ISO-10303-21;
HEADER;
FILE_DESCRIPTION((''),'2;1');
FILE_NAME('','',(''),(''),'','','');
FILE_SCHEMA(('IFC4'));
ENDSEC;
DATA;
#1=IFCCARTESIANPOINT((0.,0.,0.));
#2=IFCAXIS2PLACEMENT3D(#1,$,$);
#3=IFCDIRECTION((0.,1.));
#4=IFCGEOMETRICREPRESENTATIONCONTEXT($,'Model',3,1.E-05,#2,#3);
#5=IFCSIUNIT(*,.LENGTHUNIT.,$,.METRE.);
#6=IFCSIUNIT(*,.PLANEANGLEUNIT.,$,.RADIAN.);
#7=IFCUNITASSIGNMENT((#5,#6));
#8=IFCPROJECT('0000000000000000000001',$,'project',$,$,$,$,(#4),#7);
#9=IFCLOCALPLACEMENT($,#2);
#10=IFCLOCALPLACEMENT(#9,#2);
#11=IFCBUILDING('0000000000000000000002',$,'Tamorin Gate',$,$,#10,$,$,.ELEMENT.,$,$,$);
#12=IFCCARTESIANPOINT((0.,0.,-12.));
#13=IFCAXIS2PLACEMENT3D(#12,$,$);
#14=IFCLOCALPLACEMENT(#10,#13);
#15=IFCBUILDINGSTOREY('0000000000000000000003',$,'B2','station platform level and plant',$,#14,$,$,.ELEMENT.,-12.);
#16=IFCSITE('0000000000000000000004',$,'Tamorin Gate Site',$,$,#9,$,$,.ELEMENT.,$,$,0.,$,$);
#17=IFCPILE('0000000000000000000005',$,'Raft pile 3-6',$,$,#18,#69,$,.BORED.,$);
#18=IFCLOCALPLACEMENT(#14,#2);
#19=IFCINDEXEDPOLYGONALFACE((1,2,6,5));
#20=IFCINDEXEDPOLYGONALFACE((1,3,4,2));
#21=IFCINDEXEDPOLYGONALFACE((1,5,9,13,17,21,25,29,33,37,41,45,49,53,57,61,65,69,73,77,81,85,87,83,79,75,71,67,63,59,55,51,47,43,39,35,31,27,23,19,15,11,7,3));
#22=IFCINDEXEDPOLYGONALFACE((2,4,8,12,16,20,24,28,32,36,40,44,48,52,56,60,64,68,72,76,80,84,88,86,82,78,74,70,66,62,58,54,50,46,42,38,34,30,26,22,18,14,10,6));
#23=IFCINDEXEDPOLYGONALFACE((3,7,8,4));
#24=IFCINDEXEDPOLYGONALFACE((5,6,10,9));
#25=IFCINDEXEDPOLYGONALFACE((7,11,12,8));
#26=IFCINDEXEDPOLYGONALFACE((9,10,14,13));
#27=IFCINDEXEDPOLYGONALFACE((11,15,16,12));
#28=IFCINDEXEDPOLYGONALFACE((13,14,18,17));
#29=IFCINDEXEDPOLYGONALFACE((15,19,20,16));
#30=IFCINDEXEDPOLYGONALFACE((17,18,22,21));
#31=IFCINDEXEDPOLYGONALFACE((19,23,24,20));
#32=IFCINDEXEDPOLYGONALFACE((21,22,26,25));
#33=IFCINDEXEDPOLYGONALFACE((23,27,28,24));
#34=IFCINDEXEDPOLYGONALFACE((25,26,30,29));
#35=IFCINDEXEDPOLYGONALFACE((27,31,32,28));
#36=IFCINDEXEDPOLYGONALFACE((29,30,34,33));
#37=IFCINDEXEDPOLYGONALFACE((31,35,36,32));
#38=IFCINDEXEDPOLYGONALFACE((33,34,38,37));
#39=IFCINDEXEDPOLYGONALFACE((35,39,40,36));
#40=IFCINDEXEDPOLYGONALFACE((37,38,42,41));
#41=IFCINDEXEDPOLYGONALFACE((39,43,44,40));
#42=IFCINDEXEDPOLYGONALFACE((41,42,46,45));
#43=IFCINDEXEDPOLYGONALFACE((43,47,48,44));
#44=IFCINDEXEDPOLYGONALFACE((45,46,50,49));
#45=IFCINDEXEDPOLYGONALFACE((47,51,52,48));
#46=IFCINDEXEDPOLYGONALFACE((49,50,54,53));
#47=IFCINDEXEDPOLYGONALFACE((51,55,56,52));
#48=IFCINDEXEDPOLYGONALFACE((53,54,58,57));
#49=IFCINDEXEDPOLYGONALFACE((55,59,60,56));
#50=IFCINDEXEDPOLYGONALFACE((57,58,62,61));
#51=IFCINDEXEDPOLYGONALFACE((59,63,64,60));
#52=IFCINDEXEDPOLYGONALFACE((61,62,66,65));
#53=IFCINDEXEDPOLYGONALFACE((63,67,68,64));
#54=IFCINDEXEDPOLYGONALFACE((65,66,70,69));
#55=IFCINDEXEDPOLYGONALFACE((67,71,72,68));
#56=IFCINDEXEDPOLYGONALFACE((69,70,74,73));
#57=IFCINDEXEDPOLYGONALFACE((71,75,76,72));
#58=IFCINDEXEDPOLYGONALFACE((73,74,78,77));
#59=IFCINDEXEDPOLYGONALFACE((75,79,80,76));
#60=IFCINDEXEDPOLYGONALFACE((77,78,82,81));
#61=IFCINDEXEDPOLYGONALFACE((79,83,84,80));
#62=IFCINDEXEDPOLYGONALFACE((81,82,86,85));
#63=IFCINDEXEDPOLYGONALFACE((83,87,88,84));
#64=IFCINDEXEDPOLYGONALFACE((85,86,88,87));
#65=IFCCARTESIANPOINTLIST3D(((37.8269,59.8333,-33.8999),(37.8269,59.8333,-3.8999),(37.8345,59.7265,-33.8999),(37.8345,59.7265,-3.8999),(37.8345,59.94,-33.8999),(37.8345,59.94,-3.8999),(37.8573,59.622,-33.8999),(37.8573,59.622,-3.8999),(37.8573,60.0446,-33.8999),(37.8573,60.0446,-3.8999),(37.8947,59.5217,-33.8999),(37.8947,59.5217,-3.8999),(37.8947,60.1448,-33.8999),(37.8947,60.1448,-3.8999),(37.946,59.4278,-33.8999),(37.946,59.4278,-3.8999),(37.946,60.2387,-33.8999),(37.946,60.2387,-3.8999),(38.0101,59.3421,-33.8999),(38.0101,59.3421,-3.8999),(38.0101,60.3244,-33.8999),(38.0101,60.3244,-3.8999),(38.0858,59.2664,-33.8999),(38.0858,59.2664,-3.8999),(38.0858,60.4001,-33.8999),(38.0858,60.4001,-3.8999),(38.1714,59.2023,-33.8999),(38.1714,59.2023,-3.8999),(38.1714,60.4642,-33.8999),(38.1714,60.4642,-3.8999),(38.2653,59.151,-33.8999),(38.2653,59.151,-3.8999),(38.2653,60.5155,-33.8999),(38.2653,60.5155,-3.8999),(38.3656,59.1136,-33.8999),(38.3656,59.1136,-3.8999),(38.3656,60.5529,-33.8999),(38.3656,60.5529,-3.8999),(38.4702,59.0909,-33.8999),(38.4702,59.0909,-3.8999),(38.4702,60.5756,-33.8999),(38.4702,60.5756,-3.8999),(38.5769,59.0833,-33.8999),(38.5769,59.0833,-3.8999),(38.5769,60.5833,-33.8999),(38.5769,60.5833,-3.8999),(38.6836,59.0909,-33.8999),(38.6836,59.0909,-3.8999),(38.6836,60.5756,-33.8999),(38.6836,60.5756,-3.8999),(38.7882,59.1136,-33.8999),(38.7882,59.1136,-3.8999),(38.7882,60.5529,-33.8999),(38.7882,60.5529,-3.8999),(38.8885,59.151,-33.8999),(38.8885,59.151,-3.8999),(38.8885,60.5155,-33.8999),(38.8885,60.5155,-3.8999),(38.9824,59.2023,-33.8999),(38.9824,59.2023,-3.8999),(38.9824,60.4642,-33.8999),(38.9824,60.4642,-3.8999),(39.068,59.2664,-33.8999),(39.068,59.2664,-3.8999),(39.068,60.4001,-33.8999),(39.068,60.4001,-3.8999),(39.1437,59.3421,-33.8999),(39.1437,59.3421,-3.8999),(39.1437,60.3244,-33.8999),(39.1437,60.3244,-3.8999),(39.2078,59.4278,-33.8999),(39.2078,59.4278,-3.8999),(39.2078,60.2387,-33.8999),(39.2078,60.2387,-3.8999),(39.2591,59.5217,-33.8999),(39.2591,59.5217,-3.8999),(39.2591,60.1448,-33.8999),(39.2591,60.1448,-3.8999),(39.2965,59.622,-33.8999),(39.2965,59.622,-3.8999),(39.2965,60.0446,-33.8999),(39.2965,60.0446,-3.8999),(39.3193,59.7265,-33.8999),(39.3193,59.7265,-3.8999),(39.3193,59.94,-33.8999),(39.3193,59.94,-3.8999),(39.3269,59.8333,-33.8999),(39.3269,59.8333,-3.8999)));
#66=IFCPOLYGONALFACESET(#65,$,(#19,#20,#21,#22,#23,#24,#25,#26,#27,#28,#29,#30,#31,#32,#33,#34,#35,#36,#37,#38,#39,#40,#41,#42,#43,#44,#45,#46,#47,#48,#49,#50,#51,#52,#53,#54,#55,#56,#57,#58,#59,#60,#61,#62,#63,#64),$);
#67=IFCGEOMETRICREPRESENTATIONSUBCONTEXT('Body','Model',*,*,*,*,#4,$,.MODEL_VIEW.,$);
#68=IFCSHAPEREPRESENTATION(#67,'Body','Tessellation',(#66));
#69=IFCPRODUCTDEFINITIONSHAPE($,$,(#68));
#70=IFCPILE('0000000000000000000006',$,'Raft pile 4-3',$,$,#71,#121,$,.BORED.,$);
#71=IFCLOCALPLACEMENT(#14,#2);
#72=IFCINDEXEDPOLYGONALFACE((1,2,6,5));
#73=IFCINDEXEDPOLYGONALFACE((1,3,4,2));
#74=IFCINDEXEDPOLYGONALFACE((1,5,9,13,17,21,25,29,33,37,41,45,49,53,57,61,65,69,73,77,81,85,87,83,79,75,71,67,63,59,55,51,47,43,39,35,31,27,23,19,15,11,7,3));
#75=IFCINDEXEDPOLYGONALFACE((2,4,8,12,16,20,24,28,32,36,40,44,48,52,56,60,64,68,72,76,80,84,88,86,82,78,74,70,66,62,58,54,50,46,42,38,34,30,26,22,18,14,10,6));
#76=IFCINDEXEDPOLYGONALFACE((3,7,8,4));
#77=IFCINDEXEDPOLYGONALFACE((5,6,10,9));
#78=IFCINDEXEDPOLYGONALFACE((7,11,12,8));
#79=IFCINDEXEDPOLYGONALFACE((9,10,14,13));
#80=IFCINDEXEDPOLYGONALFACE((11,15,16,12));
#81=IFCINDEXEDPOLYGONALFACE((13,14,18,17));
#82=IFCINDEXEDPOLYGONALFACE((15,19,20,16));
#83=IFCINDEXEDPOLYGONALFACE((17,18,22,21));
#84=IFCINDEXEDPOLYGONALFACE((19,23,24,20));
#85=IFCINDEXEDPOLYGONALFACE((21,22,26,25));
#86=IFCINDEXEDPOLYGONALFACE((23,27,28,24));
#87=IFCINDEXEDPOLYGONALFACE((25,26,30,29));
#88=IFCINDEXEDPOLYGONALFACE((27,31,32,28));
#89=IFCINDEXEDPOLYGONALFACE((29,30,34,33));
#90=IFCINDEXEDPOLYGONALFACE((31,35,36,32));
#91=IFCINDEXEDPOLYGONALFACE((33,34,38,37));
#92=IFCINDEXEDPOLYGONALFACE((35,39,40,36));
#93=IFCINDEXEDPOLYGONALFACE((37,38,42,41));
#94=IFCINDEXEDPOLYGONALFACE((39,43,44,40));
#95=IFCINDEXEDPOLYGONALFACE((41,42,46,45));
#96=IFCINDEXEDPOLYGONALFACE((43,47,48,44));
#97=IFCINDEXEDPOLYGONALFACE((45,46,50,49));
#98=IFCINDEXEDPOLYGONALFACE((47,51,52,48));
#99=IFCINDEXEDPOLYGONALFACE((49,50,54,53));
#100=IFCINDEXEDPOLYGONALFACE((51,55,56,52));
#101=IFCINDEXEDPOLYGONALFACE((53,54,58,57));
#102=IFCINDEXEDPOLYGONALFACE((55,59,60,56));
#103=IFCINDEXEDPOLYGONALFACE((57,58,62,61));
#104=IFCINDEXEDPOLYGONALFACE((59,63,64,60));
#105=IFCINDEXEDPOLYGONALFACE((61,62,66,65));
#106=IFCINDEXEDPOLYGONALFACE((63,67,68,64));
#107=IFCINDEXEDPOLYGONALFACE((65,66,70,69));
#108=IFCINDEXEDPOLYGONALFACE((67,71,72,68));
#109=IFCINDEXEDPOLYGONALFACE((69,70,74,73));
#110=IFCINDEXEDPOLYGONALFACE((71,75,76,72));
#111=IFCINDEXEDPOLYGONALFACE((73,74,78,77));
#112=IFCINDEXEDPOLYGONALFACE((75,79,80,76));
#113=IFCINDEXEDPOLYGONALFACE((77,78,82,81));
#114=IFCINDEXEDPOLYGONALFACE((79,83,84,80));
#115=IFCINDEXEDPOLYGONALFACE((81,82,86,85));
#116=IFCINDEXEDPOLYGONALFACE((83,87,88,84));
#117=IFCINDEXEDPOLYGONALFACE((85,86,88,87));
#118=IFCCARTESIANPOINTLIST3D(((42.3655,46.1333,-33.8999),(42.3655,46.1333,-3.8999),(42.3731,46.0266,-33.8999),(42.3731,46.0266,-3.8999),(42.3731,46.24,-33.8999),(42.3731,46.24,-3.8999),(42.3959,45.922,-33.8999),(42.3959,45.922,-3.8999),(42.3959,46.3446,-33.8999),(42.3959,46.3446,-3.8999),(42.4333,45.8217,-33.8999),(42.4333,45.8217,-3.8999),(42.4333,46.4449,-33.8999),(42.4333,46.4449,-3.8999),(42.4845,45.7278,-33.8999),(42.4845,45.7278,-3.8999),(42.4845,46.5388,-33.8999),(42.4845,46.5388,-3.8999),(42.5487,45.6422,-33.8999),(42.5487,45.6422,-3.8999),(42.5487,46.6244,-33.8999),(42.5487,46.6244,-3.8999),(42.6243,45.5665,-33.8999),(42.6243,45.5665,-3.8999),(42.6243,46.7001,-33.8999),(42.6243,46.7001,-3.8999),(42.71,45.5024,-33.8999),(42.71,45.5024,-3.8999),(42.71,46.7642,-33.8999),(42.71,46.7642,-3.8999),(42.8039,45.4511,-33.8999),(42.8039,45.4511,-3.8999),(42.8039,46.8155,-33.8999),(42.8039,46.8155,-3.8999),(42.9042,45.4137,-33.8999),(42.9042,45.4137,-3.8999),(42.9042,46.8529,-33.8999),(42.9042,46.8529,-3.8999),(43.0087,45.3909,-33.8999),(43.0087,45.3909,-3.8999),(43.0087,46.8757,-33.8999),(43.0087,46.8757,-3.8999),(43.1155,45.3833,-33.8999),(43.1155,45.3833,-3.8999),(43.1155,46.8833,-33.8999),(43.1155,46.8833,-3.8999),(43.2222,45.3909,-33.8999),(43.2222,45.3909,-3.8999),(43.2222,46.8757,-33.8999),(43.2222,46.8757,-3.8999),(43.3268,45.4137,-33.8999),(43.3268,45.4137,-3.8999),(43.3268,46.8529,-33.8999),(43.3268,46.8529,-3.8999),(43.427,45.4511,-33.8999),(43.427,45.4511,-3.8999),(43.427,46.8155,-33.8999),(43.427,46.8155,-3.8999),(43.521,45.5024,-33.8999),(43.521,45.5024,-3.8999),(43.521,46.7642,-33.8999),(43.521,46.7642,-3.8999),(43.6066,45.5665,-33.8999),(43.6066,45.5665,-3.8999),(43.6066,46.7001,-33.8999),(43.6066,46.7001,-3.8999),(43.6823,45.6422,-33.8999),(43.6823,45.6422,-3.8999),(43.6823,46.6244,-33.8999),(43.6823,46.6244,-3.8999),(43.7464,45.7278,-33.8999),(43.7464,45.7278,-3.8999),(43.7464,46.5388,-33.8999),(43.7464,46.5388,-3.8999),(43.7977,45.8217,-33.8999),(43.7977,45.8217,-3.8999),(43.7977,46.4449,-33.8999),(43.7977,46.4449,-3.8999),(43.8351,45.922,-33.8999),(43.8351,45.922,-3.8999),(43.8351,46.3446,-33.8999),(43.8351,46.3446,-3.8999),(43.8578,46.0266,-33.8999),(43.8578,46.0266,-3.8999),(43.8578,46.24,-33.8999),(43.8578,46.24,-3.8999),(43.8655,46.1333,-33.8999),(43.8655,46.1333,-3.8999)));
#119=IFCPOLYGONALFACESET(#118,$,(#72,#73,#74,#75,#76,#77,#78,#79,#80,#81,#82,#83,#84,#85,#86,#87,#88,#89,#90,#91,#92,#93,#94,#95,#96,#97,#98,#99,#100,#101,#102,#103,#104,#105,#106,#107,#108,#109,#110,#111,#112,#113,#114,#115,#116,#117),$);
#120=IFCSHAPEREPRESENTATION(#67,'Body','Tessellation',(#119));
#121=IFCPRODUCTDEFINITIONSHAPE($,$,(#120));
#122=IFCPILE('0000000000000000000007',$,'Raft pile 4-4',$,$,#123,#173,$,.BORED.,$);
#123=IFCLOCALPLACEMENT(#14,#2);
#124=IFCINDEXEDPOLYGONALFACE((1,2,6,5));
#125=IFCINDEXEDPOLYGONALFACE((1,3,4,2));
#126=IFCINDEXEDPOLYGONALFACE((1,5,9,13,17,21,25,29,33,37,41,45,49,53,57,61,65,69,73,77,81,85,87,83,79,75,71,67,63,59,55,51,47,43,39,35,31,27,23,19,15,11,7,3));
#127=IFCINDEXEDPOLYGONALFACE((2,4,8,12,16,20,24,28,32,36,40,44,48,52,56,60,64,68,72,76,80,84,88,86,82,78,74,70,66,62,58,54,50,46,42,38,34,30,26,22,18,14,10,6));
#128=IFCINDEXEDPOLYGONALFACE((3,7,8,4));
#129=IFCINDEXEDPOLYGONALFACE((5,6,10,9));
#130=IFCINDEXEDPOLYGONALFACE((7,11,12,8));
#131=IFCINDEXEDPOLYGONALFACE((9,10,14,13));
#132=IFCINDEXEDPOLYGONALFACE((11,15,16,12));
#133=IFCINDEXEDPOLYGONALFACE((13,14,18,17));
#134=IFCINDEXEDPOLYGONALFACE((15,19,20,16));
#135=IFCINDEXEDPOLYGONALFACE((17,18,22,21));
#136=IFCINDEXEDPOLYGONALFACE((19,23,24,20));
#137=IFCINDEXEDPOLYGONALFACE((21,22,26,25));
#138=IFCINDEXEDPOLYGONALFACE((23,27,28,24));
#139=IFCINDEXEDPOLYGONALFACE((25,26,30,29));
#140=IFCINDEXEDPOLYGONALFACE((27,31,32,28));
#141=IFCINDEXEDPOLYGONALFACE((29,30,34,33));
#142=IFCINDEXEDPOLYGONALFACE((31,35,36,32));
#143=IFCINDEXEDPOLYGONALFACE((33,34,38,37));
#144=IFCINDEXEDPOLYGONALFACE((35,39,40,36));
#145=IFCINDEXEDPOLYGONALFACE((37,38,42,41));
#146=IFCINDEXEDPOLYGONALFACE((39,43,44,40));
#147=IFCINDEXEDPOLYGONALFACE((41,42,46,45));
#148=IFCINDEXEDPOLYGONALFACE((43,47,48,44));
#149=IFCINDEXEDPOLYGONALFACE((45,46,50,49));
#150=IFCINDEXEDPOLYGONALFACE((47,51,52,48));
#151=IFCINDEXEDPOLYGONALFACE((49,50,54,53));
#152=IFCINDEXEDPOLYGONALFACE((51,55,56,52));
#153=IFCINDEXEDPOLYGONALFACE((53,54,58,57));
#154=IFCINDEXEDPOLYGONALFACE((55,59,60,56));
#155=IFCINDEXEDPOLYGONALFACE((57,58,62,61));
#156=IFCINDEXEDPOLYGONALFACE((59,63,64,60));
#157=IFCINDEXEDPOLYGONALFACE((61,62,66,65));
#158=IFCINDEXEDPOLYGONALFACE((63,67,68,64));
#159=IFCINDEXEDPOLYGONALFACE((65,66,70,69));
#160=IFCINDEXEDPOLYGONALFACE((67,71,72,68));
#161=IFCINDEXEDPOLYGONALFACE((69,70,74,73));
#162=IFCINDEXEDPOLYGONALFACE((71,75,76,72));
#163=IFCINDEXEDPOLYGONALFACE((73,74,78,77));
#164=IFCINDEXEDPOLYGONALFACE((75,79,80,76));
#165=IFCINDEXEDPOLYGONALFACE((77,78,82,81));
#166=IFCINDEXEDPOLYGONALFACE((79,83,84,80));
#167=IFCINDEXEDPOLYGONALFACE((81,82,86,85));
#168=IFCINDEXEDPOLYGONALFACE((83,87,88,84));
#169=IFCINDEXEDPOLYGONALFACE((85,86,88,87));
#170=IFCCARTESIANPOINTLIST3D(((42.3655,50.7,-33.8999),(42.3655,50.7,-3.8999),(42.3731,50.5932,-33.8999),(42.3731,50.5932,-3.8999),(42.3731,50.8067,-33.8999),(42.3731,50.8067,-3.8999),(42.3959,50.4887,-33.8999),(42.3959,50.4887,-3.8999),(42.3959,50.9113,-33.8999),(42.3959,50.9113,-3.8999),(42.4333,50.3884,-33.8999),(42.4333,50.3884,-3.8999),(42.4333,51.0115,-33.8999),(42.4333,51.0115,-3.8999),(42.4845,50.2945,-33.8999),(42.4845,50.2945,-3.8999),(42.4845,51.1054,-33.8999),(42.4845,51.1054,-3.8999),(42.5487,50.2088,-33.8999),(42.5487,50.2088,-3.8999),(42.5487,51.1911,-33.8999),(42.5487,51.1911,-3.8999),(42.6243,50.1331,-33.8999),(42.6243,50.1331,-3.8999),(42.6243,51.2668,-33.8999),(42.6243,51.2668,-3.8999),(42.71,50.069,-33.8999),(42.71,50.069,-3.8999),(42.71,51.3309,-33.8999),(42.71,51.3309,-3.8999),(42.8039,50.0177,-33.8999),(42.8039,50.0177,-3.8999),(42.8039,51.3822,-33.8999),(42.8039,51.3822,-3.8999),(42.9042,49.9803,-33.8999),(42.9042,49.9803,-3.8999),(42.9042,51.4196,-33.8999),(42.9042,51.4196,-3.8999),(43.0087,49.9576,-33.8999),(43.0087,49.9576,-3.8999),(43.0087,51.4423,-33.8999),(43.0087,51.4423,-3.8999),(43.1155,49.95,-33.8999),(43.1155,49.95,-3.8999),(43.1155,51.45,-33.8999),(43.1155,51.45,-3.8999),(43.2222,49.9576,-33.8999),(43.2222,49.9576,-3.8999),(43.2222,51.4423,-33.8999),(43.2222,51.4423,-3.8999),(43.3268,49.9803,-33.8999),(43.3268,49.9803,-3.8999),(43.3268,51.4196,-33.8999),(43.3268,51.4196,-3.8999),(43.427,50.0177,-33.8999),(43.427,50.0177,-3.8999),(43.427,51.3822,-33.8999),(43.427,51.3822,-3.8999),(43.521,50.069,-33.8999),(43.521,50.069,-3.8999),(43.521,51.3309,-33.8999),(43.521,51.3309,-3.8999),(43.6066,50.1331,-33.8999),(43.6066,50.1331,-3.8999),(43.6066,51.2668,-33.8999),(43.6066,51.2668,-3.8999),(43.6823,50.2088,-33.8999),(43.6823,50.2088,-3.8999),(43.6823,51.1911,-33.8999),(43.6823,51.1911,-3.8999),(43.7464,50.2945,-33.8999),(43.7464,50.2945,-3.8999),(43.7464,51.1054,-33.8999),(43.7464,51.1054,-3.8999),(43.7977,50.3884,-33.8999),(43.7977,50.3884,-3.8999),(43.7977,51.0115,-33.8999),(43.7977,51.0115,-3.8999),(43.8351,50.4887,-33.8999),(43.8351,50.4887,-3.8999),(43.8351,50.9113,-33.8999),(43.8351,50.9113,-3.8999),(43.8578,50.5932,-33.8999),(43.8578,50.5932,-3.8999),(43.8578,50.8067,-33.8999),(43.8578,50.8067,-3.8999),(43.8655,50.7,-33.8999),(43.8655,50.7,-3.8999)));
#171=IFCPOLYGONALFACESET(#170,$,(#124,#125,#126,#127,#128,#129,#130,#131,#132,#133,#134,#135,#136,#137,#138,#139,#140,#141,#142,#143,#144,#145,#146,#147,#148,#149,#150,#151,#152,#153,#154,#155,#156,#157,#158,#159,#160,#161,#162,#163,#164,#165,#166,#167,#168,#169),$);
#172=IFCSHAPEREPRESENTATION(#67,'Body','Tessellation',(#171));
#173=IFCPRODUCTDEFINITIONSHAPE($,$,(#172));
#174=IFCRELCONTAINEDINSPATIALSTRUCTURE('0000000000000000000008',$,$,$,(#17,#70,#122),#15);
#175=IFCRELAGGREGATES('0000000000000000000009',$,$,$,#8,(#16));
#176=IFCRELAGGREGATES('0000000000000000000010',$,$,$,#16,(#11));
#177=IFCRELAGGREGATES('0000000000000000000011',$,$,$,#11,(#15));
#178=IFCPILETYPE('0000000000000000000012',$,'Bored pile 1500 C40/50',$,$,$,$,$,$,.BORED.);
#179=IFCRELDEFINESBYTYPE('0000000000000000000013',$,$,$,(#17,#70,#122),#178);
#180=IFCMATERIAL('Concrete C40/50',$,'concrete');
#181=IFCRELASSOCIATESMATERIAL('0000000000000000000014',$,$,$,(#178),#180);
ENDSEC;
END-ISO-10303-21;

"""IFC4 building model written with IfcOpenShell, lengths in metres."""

from ifc_helpers import new_model, si_unit, direction, frame, origin, origin_2d, place, context, subcontext, project, spatial, circle, extrude, material, material_profile, profile_set, type_object, element, save


model = new_model("IFC4")

# Units and contexts
model_context = context("Model", 3, precision=1e-05, world=origin(), true_north=direction((0.0, 1.0)))
body_context = subcontext(model_context, "Body", "Model", "MODEL_VIEW")
ifc_project = project(units=[si_unit("LENGTHUNIT", "METRE"), si_unit("PLANEANGLEUNIT", "RADIAN")], contexts=[model_context])

# Site, building, storey
site_placement = place(None, origin())
site = spatial("IfcSite", under=ifc_project, at=site_placement, Name="Tamorin Gate Site", CompositionType="ELEMENT", RefElevation=0.0)
building_placement = place(site_placement, origin())
building = spatial("IfcBuilding", under=site, at=building_placement, Name="Tamorin Gate", CompositionType="ELEMENT")
storey_placement = place(building_placement, frame((0.0, 0.0, -12.0)))
storey = spatial("IfcBuildingStorey", under=building, at=storey_placement, Name="B2", Description="station platform level and plant", CompositionType="ELEMENT", Elevation=-12.0)

# Piles
ifc_material_1 = material(Name="Concrete C40/50", Category="concrete")
ifc_material_profile_1 = material_profile(ifc_material_1, circle(Radius=0.75, at=origin_2d()))
ifc_profile_set_1 = profile_set([ifc_material_profile_1], Name="Concrete C40/50")
pile_type = type_object("IfcPileType", Name="Bored pile 1500 C40/50", PredefinedType="BORED", material=ifc_profile_set_1)
for number, where, z_axis, x_axis, name in (
    (1, (38.5769, 59.8333, -3.8999), (0.0, 0.0, -1.0), (1.0, 0.0, 0.0), "Raft pile 3-6"),
    (2, (43.1155, 46.1333, -3.8999), (0.0, 0.0, -1.0), (1.0, 0.0, 0.0), "Raft pile 4-3"),
    (3, (43.1155, 50.7, -3.8999), (0.0, 0.0, -1.0), (1.0, 0.0, 0.0), "Raft pile 4-4"),
):
    element("IfcPile", number, at=place(storey_placement, frame(where, z_axis=z_axis, x_axis=x_axis)), inside=storey, type_object=pile_type, Name=name, PredefinedType="BORED", context=body_context, shape_type="SweptSolid", body=[
        extrude(circle(Radius=0.75, at=origin_2d()), origin(), (0.0, 0.0, 1.0), 30.0),
    ])

save(model, "model.ifc")
